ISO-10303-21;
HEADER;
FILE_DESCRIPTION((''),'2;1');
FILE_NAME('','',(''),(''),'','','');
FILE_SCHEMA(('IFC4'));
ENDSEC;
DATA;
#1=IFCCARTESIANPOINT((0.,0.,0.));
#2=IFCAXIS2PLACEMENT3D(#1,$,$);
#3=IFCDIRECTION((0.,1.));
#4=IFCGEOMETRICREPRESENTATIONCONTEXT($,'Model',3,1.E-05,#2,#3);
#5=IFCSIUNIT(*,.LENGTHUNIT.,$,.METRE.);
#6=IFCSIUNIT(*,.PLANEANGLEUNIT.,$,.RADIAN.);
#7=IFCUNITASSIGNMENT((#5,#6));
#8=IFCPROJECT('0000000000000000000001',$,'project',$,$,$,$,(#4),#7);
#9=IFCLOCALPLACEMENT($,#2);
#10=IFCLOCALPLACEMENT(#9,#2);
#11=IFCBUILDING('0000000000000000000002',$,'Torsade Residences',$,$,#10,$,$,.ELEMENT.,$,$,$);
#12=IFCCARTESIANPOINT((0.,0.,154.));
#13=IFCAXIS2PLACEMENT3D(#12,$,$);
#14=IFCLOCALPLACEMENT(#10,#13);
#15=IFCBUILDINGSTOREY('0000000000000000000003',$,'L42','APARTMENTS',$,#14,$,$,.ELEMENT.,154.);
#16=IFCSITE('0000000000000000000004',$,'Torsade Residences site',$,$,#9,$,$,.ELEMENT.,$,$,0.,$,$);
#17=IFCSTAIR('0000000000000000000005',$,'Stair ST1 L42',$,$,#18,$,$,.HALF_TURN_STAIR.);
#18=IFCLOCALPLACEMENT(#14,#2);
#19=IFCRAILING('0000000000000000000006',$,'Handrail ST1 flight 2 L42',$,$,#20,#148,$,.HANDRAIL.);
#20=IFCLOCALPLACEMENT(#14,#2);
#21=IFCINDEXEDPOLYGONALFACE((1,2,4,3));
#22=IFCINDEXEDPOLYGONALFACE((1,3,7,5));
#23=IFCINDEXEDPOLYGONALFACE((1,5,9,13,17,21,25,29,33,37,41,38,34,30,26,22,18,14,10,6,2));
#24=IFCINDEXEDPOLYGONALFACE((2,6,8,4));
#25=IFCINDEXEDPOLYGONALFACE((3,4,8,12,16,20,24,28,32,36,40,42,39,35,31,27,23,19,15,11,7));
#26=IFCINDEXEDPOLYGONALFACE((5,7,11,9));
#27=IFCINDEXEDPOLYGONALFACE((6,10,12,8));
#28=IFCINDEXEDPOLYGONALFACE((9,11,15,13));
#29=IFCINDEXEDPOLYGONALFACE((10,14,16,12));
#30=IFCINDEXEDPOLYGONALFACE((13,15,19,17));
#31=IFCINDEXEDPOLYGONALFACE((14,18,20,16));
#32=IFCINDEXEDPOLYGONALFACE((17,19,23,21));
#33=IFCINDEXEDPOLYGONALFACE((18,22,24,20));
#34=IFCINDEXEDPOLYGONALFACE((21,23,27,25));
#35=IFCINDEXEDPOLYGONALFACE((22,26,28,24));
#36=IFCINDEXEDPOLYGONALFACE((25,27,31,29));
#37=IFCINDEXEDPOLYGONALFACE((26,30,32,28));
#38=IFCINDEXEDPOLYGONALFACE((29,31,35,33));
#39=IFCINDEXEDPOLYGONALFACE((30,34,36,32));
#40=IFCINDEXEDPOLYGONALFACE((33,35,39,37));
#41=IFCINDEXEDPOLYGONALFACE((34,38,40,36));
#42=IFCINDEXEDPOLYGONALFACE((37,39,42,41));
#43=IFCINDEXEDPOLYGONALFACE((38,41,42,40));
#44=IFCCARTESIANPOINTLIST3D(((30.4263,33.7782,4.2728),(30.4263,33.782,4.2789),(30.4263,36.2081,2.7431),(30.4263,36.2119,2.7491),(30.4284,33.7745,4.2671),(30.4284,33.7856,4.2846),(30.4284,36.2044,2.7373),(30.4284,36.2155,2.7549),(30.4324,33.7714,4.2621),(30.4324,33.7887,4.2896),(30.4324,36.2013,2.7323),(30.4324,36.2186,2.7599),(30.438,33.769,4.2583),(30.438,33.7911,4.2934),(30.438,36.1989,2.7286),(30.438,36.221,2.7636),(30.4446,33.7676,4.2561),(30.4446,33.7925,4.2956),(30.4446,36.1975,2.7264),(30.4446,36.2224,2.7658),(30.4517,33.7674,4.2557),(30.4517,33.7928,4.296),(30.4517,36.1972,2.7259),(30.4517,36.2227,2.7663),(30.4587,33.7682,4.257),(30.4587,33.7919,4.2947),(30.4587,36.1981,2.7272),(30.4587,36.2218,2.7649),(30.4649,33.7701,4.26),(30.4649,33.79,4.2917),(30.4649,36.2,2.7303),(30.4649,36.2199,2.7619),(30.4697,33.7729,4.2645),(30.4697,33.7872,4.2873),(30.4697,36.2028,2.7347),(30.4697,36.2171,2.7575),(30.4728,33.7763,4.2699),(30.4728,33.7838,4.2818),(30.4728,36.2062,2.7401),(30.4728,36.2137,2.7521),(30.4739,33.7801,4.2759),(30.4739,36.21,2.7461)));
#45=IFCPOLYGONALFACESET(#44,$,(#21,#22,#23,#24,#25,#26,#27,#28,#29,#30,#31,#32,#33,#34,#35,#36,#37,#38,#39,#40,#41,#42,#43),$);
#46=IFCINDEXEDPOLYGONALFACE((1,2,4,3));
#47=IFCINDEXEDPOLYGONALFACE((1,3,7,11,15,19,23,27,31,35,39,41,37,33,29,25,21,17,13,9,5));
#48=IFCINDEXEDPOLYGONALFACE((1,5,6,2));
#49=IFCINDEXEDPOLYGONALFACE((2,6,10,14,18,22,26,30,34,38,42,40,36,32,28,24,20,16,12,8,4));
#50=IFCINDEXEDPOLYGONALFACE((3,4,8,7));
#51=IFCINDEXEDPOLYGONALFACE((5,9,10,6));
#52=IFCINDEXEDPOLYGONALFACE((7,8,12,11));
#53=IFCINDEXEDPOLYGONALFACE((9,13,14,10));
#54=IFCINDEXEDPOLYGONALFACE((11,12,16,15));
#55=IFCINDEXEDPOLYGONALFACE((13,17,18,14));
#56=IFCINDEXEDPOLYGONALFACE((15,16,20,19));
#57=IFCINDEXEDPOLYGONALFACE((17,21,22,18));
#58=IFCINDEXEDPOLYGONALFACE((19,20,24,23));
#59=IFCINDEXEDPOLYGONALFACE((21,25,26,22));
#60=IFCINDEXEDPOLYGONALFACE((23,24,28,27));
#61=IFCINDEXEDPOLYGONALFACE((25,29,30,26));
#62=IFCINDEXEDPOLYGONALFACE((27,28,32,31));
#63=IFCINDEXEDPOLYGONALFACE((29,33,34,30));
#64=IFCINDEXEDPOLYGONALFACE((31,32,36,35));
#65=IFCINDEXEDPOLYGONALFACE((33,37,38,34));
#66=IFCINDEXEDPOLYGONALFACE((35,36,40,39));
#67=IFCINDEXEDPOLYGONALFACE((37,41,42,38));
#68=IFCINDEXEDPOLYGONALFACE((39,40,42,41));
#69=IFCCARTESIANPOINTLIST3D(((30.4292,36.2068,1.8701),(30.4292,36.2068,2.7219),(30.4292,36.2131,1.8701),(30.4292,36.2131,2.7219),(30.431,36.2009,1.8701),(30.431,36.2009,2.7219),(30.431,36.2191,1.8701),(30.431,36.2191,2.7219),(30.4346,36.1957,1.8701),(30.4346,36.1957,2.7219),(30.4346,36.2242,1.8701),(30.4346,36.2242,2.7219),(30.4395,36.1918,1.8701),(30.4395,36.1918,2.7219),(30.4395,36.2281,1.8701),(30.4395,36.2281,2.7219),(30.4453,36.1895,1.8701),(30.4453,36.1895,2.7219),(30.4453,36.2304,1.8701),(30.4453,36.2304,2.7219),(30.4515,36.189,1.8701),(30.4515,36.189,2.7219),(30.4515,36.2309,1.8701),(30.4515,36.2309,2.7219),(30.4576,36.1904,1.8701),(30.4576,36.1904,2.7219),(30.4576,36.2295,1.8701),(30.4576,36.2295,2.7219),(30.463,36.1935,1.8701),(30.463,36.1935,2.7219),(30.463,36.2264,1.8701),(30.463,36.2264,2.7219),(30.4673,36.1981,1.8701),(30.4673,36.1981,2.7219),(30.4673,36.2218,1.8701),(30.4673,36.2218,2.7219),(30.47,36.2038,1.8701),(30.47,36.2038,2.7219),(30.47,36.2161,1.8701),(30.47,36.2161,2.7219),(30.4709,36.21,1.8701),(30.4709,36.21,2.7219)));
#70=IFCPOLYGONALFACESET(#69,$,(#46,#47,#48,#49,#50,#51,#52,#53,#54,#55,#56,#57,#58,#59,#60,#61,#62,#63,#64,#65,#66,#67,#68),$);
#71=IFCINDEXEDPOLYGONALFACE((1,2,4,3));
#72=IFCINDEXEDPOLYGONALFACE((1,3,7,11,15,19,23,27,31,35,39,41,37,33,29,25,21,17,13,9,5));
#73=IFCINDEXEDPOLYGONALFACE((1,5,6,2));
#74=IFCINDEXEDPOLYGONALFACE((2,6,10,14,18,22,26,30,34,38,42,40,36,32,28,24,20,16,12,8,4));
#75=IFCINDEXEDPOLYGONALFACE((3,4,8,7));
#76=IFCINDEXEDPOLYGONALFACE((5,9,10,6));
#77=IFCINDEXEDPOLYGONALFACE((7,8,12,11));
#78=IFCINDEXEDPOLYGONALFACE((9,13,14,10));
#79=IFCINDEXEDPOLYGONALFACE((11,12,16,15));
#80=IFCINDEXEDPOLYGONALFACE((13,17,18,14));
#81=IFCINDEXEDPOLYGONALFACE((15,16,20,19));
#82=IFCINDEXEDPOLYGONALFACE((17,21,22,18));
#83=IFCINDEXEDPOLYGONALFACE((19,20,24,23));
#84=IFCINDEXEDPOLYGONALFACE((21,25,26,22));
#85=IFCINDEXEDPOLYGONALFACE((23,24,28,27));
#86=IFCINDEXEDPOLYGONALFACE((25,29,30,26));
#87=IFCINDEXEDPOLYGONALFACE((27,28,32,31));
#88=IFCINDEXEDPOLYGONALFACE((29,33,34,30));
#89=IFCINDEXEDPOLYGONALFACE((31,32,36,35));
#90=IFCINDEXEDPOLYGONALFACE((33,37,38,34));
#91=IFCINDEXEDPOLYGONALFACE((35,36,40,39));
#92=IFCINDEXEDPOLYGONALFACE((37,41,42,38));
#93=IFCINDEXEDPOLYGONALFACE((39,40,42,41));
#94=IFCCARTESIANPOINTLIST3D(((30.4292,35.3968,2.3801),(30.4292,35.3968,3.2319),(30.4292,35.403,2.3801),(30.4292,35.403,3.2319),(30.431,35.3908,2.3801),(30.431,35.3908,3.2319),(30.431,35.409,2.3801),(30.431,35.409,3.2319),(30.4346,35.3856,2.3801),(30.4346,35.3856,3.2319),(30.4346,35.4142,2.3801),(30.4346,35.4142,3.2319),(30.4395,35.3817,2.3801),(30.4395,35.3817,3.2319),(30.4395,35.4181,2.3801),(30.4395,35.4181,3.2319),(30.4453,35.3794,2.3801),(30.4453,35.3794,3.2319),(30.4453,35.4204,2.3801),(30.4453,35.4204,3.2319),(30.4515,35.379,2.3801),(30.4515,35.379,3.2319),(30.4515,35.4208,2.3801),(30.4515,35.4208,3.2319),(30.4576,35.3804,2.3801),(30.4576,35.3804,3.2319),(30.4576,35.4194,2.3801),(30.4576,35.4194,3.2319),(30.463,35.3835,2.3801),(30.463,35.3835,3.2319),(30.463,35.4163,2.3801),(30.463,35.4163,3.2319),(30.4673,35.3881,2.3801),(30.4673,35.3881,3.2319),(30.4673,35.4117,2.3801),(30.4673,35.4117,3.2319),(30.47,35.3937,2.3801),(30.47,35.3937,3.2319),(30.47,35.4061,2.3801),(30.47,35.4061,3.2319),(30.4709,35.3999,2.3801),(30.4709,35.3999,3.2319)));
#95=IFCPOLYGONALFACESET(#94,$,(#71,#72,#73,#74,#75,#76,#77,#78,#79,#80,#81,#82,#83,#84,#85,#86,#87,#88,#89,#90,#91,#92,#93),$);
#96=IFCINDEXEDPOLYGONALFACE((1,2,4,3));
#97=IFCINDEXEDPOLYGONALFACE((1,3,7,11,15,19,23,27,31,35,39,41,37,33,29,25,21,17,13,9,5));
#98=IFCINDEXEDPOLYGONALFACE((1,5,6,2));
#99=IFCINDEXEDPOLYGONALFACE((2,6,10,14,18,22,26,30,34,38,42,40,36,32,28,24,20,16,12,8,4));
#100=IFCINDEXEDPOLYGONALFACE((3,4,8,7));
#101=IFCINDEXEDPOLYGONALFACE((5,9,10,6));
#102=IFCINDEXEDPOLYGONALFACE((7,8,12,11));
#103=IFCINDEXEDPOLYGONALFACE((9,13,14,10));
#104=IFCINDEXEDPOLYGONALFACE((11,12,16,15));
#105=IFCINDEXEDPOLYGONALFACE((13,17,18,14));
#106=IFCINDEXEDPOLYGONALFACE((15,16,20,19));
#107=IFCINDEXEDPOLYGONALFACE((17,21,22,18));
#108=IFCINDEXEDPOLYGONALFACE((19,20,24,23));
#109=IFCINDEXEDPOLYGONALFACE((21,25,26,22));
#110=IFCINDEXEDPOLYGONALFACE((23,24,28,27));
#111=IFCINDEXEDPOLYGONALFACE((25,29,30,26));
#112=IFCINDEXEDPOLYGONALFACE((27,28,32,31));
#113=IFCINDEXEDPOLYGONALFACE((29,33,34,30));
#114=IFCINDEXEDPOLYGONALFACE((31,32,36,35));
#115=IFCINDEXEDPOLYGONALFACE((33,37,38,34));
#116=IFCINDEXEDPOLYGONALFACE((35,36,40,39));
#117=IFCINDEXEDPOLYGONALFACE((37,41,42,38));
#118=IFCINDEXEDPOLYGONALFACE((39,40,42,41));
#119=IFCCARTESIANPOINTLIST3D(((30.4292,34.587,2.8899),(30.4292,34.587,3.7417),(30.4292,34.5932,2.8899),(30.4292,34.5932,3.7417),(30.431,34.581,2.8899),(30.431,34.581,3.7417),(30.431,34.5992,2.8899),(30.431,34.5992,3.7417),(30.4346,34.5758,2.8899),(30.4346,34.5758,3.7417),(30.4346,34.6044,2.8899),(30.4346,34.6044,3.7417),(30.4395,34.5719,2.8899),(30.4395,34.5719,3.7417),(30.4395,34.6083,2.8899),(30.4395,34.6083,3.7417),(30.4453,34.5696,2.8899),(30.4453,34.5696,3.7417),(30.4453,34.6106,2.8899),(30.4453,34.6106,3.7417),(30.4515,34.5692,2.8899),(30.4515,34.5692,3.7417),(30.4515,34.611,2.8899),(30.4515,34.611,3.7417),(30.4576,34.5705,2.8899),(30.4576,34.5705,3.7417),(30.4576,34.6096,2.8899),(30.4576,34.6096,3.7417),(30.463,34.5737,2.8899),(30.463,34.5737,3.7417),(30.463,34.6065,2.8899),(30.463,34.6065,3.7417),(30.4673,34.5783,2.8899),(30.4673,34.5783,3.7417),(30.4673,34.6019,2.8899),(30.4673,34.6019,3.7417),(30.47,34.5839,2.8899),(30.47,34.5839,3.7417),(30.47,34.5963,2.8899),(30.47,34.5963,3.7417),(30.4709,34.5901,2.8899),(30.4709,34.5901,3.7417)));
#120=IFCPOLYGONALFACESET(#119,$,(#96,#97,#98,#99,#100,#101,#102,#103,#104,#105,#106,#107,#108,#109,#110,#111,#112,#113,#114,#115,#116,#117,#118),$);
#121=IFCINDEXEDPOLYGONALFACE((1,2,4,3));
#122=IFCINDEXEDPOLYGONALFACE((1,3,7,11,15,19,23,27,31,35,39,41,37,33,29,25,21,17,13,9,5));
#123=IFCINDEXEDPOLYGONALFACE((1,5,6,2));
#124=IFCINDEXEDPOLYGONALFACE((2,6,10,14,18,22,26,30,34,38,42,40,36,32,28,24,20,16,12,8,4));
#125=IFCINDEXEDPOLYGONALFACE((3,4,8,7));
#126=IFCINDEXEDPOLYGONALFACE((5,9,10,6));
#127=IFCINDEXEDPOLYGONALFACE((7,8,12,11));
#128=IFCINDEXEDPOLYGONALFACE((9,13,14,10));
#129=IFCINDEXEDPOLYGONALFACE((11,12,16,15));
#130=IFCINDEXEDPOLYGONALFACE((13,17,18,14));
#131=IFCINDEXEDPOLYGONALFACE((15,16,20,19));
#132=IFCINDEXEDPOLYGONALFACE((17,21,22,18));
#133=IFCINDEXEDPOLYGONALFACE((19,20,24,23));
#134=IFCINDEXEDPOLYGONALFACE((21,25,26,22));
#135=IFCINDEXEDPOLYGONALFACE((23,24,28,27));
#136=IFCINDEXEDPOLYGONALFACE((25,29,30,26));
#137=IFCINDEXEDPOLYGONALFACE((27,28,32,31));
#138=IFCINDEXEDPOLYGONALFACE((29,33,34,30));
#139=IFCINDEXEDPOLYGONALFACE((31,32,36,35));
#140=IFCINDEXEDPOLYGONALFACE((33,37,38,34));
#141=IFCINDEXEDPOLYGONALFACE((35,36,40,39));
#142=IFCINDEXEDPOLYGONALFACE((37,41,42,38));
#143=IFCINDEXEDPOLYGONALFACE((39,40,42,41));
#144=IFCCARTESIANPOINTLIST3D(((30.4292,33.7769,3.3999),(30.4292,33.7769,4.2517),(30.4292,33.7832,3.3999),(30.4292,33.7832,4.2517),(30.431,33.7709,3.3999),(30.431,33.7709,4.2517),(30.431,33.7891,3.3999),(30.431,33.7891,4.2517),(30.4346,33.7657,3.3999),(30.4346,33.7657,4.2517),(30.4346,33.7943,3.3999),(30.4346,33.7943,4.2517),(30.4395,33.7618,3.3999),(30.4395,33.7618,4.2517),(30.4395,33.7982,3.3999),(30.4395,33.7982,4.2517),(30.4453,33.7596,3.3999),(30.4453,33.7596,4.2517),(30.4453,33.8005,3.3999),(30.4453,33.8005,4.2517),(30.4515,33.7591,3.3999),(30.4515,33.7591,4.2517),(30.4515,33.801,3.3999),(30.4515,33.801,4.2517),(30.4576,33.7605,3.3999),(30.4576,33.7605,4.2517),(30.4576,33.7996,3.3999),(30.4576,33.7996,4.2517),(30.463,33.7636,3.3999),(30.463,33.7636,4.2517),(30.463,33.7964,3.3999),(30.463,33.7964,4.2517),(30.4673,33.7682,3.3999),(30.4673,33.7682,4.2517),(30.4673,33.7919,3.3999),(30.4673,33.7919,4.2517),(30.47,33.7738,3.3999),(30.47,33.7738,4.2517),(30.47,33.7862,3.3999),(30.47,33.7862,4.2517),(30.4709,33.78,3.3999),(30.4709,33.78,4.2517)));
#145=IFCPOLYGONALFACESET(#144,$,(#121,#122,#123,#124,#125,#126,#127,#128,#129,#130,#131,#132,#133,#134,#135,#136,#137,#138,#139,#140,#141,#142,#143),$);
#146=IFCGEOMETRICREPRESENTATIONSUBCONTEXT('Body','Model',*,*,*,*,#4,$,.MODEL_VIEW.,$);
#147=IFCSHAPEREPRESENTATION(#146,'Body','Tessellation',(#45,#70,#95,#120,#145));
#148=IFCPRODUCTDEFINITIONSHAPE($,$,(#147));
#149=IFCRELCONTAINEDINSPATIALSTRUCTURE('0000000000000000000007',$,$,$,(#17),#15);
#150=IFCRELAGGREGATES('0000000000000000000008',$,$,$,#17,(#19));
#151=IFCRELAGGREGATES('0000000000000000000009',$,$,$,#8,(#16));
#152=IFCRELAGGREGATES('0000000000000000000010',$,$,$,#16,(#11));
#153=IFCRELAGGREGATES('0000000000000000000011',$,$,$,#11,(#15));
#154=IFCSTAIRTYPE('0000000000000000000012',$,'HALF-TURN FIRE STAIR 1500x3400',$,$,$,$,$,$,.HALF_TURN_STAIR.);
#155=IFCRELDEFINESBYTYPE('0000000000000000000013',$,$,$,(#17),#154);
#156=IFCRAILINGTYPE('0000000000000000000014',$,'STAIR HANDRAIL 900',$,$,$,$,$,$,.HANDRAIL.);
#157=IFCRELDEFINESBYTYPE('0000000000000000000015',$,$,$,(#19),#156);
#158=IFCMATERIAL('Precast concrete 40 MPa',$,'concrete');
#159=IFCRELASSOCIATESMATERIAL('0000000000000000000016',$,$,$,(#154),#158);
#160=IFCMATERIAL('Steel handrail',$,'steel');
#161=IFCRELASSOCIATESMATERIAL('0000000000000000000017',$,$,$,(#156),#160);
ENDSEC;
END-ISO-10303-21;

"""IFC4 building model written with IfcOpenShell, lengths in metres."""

from ifc_helpers import new_model, si_unit, direction, frame, origin, origin_2d, place, context, subcontext, project, spatial, circle, extrude, material, type_object, element, aggregate, save


model = new_model("IFC4")

# Units and contexts
model_context = context("Model", 3, precision=1e-05, world=origin(), true_north=direction((0.0, 1.0)))
body_context = subcontext(model_context, "Body", "Model", "MODEL_VIEW")
ifc_project = project(units=[si_unit("LENGTHUNIT", "METRE"), si_unit("PLANEANGLEUNIT", "RADIAN")], contexts=[model_context])

# Site, building, storey
site_placement = place(None, origin())
site = spatial("IfcSite", under=ifc_project, at=site_placement, Name="Torsade Residences site", CompositionType="ELEMENT", RefElevation=0.0)
building_placement = place(site_placement, origin())
building = spatial("IfcBuilding", under=site, at=building_placement, Name="Torsade Residences", CompositionType="ELEMENT")
storey_placement = place(building_placement, frame((0.0, 0.0, 154.0)))
storey = spatial("IfcBuildingStorey", under=building, at=storey_placement, Name="L42", Description="APARTMENTS", CompositionType="ELEMENT", Elevation=154.0)

# Stair, railing
ifc_material_1 = material(Name="Precast concrete 40 MPa", Category="concrete")
stair_type = type_object("IfcStairType", Name="HALF-TURN FIRE STAIR 1500x3400", PredefinedType="HALF_TURN_STAIR", material=ifc_material_1)
stair_placement = place(storey_placement, origin())
stair = element("IfcStair", 1, at=stair_placement, inside=storey, type_object=stair_type, Name="Stair ST1 L42", PredefinedType="HALF_TURN_STAIR")
ifc_material_2 = material(Name="Steel handrail", Category="steel")
railing_type = type_object("IfcRailingType", Name="STAIR HANDRAIL 900", PredefinedType="HANDRAIL", material=ifc_material_2)
railing_1_placement = place(storey_placement, frame((30.45, 36.21, 1.8701)))
railing_1 = element("IfcRailing", 2, at=railing_1_placement, type_object=railing_type, Name="Handrail ST1 flight 2 L42", PredefinedType="HANDRAIL", context=body_context, shape_type="SweptSolid", body=[
    extrude(circle(Radius=0.0239, at=origin_2d()), frame((0.0, 0.0, 0.876), z_axis=(0.0, -0.84626, 0.53277), x_axis=(1.0, 0.0, 0.0)), (0.0, 0.0, 1.0), 2.8713),
    extrude(circle(Radius=0.021, at=origin_2d()), origin(), (0.0, 0.0, 1.0), 0.8518),
    extrude(circle(Radius=0.021, at=origin_2d()), frame((0.0, -0.8101, 0.51)), (0.0, 0.0, 1.0), 0.8518),
    extrude(circle(Radius=0.021, at=origin_2d()), frame((0.0, -1.6199, 1.0198)), (0.0, 0.0, 1.0), 0.8518),
    extrude(circle(Radius=0.021, at=origin_2d()), frame((0.0, -2.4299, 1.5298)), (0.0, 0.0, 1.0), 0.8518),
])
aggregate(stair, [railing_1])

save(model, "model.ifc")
